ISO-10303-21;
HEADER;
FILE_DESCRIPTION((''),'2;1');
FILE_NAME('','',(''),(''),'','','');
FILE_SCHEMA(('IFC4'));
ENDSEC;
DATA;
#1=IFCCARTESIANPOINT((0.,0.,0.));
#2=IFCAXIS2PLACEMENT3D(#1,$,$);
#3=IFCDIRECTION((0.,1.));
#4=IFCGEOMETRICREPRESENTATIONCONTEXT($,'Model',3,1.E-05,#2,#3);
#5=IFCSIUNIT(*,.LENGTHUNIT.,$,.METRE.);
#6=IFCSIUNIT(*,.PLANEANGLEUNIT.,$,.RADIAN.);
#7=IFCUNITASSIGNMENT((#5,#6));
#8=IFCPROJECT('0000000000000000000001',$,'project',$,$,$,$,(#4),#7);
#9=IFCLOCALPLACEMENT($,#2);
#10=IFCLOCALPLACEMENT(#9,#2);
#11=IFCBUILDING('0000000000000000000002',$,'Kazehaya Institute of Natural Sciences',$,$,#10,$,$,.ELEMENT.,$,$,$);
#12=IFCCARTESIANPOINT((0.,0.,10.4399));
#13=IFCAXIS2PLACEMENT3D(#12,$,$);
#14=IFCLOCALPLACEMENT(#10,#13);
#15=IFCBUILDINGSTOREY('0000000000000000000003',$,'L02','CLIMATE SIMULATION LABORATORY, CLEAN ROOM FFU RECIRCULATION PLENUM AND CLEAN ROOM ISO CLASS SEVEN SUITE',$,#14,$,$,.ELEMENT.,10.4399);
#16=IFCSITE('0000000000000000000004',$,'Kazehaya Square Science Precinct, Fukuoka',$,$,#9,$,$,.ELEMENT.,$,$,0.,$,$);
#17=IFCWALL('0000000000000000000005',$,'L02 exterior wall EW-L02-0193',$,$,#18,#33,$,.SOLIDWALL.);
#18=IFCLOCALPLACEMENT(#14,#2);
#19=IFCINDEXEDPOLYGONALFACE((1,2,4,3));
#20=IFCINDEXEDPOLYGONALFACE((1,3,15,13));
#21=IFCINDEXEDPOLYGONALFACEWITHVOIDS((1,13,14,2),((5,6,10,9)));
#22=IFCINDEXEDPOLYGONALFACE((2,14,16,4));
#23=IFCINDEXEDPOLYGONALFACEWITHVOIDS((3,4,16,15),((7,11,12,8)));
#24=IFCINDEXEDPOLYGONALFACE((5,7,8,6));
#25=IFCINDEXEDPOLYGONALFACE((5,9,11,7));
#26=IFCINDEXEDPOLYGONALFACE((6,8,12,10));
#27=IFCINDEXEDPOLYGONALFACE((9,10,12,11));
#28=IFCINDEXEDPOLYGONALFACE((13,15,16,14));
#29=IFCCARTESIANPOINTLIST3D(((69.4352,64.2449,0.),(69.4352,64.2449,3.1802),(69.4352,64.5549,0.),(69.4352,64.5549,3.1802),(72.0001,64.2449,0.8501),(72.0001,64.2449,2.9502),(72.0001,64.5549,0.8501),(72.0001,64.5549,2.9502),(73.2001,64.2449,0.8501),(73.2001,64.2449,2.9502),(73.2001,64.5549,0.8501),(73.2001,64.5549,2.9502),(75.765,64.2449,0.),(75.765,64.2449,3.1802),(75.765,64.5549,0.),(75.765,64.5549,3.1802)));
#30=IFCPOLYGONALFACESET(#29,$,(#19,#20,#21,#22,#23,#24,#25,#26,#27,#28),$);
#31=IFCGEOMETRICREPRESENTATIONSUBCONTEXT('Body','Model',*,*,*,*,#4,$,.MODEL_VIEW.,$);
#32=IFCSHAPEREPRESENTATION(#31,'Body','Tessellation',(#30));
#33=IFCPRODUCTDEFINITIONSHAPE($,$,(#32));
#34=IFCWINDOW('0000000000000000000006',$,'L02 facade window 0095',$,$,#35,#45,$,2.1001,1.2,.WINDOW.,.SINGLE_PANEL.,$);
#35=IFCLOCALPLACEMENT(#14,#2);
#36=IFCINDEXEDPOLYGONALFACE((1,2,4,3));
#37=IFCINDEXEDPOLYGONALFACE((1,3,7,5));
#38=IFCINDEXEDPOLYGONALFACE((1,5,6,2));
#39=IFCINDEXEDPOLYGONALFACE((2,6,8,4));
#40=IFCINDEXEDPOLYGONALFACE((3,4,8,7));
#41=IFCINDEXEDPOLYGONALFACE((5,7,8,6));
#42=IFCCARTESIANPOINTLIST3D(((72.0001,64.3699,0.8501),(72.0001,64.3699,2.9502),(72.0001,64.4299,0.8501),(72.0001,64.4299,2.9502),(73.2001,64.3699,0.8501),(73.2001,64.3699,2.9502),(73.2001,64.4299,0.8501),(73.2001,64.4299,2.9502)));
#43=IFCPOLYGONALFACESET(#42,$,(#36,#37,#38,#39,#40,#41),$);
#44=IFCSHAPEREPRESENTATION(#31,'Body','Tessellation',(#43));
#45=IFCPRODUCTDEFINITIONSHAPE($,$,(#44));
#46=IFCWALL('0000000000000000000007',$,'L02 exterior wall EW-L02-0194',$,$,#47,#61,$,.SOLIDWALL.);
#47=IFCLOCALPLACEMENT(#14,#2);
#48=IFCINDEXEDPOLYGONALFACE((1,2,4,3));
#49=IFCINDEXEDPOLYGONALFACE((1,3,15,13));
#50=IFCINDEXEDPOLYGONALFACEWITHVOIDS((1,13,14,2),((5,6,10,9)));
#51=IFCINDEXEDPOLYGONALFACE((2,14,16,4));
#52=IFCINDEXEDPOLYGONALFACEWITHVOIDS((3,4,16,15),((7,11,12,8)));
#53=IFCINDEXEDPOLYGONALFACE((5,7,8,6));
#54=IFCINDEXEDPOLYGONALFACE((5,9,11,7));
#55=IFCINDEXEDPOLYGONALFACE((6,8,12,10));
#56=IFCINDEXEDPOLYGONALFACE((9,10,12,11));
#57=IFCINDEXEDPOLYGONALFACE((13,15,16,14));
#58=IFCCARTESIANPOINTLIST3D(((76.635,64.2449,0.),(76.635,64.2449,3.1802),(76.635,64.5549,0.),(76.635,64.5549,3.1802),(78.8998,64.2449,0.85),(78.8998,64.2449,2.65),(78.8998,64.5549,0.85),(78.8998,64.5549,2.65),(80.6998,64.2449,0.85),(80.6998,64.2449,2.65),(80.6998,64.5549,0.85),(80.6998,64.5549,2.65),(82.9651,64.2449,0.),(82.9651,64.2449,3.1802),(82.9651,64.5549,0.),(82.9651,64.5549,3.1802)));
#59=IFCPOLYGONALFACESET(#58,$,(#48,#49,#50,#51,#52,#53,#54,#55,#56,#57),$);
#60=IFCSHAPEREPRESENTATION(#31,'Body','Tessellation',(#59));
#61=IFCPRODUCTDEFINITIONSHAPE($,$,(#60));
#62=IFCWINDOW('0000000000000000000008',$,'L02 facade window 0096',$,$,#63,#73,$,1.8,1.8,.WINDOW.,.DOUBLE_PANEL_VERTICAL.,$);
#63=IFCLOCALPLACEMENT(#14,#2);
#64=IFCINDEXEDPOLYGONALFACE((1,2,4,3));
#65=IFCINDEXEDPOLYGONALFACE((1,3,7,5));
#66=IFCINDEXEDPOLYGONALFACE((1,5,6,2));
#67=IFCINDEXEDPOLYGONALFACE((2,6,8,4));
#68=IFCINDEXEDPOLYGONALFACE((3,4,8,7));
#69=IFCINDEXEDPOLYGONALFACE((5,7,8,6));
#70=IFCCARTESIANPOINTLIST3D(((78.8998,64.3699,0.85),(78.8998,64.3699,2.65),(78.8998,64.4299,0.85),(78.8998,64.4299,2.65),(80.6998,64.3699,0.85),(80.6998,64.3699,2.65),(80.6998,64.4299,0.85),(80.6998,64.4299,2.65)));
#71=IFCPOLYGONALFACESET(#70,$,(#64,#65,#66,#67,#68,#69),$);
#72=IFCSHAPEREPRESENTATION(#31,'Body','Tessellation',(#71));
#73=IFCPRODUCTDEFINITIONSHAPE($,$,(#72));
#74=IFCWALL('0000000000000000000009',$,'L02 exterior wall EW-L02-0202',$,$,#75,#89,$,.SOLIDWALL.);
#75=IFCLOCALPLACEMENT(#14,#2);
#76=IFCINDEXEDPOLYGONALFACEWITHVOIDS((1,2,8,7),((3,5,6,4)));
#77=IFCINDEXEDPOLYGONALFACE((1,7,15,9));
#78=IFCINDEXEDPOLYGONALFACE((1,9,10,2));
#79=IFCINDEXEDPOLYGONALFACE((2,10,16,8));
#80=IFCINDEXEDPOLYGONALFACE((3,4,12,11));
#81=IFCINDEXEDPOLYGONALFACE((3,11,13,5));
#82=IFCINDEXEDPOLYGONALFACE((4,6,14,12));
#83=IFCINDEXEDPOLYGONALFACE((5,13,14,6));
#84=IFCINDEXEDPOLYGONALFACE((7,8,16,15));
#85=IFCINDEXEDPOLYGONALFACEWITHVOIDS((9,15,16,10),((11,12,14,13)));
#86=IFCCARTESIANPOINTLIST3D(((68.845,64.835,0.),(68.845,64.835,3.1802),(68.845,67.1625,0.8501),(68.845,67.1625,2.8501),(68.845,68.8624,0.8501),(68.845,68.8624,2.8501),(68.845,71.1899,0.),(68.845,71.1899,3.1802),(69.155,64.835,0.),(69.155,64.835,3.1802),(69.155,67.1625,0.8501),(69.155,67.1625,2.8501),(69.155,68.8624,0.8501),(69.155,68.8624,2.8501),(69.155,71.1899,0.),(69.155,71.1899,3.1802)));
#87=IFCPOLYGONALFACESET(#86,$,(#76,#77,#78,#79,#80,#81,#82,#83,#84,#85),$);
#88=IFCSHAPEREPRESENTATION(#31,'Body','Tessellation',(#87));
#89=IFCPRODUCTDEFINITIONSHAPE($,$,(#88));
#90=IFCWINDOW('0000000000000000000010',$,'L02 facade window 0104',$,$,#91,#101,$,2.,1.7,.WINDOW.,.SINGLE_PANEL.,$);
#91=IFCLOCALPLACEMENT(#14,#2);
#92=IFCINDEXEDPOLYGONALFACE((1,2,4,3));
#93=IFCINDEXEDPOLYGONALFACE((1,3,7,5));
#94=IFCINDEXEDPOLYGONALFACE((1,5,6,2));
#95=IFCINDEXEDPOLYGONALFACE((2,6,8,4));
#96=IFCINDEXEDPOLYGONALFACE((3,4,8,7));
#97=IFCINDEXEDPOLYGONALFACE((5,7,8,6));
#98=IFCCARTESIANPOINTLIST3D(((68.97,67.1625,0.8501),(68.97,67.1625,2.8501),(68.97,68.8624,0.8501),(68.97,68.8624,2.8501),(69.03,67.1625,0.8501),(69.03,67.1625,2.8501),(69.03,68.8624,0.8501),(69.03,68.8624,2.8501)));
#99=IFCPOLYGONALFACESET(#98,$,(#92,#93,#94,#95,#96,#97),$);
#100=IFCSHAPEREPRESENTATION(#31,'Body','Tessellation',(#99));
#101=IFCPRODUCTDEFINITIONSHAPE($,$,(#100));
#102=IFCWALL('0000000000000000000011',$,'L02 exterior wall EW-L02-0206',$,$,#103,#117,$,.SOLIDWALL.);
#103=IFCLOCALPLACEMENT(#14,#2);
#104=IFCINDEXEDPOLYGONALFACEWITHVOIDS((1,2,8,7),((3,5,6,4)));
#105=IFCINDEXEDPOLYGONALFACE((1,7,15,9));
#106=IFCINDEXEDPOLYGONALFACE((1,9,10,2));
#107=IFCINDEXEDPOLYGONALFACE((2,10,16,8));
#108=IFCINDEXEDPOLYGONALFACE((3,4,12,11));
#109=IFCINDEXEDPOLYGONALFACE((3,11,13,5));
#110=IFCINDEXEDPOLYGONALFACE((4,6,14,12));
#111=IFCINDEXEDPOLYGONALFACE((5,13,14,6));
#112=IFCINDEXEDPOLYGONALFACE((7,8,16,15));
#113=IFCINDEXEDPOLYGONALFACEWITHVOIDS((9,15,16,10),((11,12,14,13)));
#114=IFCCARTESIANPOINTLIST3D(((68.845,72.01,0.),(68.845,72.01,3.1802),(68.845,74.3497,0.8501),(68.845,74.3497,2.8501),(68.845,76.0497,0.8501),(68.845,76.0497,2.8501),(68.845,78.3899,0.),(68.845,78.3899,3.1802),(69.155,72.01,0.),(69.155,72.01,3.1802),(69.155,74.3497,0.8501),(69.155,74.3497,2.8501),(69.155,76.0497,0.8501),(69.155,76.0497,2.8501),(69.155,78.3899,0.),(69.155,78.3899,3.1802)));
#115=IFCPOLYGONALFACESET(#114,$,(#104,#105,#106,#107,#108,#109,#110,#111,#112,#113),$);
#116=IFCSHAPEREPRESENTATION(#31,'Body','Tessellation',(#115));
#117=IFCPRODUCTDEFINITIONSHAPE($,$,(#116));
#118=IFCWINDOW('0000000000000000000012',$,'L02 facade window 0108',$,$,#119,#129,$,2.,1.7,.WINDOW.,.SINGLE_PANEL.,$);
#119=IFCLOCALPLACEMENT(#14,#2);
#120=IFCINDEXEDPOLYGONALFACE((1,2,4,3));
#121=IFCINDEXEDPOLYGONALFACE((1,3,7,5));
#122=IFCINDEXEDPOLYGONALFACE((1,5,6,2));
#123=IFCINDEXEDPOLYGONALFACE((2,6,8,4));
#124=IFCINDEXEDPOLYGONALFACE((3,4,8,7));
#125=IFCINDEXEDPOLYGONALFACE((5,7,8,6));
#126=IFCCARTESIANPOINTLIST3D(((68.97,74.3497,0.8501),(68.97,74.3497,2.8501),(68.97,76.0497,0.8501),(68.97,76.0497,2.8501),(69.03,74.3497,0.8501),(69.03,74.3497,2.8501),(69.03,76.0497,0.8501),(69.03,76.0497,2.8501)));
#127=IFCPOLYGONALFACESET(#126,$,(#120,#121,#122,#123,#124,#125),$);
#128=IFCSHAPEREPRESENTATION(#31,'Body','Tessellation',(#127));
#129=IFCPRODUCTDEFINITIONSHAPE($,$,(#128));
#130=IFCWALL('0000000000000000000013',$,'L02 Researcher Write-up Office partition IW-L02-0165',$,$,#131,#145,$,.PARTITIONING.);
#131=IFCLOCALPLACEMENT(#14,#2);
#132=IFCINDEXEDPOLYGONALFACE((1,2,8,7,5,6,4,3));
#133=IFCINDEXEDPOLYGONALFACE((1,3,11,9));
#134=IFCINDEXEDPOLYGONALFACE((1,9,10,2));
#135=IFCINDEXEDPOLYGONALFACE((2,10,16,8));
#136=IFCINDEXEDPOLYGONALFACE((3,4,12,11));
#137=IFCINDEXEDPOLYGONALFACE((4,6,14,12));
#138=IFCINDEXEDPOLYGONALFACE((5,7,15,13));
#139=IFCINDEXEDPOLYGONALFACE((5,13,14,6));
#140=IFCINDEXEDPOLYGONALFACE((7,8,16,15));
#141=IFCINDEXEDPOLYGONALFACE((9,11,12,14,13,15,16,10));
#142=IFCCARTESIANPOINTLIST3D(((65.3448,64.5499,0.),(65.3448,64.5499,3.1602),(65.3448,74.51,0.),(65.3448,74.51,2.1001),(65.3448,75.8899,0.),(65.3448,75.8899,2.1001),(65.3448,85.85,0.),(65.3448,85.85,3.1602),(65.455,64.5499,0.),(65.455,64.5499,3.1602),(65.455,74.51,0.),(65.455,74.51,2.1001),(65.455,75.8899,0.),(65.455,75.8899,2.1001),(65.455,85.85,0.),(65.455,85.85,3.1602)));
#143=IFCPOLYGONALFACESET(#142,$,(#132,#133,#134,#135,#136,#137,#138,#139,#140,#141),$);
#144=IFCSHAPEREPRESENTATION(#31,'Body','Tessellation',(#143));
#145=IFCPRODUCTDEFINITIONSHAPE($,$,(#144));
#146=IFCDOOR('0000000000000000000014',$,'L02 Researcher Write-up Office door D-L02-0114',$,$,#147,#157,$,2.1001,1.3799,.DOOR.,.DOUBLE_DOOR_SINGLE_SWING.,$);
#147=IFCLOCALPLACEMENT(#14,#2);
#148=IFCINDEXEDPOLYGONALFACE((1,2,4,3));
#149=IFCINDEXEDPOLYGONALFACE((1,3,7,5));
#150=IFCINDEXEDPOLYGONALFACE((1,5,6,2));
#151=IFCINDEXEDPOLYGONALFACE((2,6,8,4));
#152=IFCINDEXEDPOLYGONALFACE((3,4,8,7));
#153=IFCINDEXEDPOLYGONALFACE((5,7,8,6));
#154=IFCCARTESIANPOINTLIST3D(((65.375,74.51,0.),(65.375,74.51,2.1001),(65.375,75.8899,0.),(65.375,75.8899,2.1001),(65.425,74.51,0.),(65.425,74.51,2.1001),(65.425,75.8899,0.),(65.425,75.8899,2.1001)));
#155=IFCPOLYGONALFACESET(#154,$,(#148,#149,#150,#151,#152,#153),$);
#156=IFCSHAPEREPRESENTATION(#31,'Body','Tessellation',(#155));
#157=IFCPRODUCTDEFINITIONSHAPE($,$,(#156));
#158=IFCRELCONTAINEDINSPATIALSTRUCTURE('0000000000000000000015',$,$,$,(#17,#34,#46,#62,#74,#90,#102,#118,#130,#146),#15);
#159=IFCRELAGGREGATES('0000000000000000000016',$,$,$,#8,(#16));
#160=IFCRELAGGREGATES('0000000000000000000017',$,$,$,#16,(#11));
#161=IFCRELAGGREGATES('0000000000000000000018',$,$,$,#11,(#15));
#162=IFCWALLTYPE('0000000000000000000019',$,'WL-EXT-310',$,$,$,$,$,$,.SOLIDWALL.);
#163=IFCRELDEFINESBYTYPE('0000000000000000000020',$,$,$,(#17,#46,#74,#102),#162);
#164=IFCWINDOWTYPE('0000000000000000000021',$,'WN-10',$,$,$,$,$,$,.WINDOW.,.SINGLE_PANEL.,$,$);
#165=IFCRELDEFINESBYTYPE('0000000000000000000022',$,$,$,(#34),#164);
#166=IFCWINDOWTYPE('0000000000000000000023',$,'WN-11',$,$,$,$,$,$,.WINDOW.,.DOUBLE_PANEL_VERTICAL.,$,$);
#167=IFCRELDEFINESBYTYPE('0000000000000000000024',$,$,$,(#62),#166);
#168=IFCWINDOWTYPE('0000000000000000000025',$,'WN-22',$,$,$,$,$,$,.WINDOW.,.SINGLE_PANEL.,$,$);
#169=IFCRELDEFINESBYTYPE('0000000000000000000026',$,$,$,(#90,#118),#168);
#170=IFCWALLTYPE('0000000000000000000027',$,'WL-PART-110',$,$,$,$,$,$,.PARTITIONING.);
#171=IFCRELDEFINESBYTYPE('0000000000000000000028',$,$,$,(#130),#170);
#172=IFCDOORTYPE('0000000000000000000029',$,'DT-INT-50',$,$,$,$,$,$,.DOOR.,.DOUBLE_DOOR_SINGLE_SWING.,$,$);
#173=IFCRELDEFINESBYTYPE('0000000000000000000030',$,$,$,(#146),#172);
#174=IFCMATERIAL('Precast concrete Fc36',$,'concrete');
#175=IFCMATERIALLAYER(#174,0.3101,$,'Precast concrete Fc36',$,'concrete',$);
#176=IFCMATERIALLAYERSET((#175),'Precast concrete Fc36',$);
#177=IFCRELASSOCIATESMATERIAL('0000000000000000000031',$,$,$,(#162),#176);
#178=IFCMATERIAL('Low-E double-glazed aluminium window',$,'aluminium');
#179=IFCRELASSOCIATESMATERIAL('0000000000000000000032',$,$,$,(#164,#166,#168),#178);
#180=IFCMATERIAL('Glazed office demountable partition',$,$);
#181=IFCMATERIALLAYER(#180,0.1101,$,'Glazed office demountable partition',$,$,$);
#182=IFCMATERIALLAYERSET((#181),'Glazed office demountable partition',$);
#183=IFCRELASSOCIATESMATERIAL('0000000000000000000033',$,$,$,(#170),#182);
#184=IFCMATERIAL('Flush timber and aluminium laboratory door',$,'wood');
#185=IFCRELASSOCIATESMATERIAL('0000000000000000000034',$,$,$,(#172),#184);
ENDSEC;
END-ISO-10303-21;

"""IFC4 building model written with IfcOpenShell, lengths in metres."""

from ifc_helpers import new_model, si_unit, direction, frame, frame_2d, origin, place, context, subcontext, project, spatial, rectangle, extrude, material, layer, layer_set, type_object, element, fill, save


model = new_model("IFC4")

# Units and contexts
model_context = context("Model", 3, precision=1e-05, world=origin(), true_north=direction((0.0, 1.0)))
body_context = subcontext(model_context, "Body", "Model", "MODEL_VIEW")
ifc_project = project(units=[si_unit("LENGTHUNIT", "METRE"), si_unit("PLANEANGLEUNIT", "RADIAN")], contexts=[model_context])

# Site, building, storey
site_placement = place(None, origin())
site = spatial("IfcSite", under=ifc_project, at=site_placement, Name="Kazehaya Square Science Precinct, Fukuoka", CompositionType="ELEMENT", RefElevation=0.0)
building_placement = place(site_placement, origin())
building = spatial("IfcBuilding", under=site, at=building_placement, Name="Kazehaya Institute of Natural Sciences", CompositionType="ELEMENT")
storey_placement = place(building_placement, frame((0.0, 0.0, 10.4399)))
storey = spatial("IfcBuildingStorey", under=building, at=storey_placement, Name="L02", Description="CLIMATE SIMULATION LABORATORY, CLEAN ROOM FFU RECIRCULATION PLENUM AND CLEAN ROOM ISO CLASS SEVEN SUITE", CompositionType="ELEMENT", Elevation=10.4399)

# Walls, openings, windows
ifc_material_1 = material(Name="Precast concrete Fc36", Category="concrete")
ifc_layer_1 = layer(ifc_material_1, 0.3101, Name="Precast concrete Fc36", Category="concrete")
ifc_layer_set_1 = layer_set([ifc_layer_1], Name="Precast concrete Fc36")
wall_type_1 = type_object("IfcWallType", Name="WL-EXT-310", PredefinedType="SOLIDWALL", material=ifc_layer_set_1)
wall_1_placement = place(storey_placement, frame((69.4351, 64.3999, 0.0), z_axis=(0.0, 0.0, 1.0), x_axis=(1.0, 0.0, 0.0)))
wall_1 = element("IfcWall", 1, at=wall_1_placement, inside=storey, type_object=wall_type_1, Name="L02 exterior wall EW-L02-0193", PredefinedType="SOLIDWALL", context=body_context, shape_type="SweptSolid", body=[
    extrude(rectangle(XDim=6.3298, YDim=0.3101, at=frame_2d((3.165, 0.0))), origin(), (0.0, 0.0, 1.0), 3.1802),
])
opening_1_placement = place(wall_1_placement, frame((2.5649, 0.0, 0.8501)))
opening_1 = element("IfcOpeningElement", 2, at=opening_1_placement, cuts=wall_1, PredefinedType="OPENING", context=body_context, shape_type="SweptSolid", body=[
    extrude(rectangle(XDim=1.2, YDim=2.1001, at=frame_2d((0.6001, 1.05))), frame((0.0, 0.165, 0.0), z_axis=(0.0, -1.0, 0.0), x_axis=(1.0, 0.0, 0.0)), (0.0, 0.0, 1.0), 0.3301),
])
ifc_material_2 = material(Name="Low-E double-glazed aluminium window", Category="aluminium")
window_type_1 = type_object("IfcWindowType", Name="WN-10", PartitioningType="SINGLE_PANEL", PredefinedType="WINDOW", material=ifc_material_2)
window_1_placement = place(opening_1_placement, origin())
window_1 = element("IfcWindow", 3, at=window_1_placement, inside=storey, type_object=window_type_1, Name="L02 facade window 0095", OverallHeight=2.1001, OverallWidth=1.2, PartitioningType="SINGLE_PANEL", PredefinedType="WINDOW", context=body_context, shape_type="SweptSolid", body=[
    extrude(rectangle(XDim=1.2, YDim=2.1001, at=frame_2d((0.6001, 1.05))), frame((0.0, 0.03, 0.0), z_axis=(0.0, -1.0, 0.0), x_axis=(1.0, 0.0, 0.0)), (0.0, 0.0, 1.0), 0.0601),
])
fill(opening_1, window_1)
wall_2_placement = place(storey_placement, frame((76.635, 64.3999, 0.0), z_axis=(0.0, 0.0, 1.0), x_axis=(1.0, 0.0, 0.0)))
wall_2 = element("IfcWall", 4, at=wall_2_placement, inside=storey, type_object=wall_type_1, Name="L02 exterior wall EW-L02-0194", PredefinedType="SOLIDWALL", context=body_context, shape_type="SweptSolid", body=[
    extrude(rectangle(XDim=6.3301, YDim=0.3101, at=frame_2d((3.165, 0.0))), origin(), (0.0, 0.0, 1.0), 3.1802),
])
opening_2_placement = place(wall_2_placement, frame((2.2649, 0.0, 0.8501)))
opening_2 = element("IfcOpeningElement", 5, at=opening_2_placement, cuts=wall_2, PredefinedType="OPENING", context=body_context, shape_type="SweptSolid", body=[
    extrude(rectangle(XDim=1.8, YDim=1.8, at=frame_2d((0.8999, 0.8999))), frame((0.0, 0.165, 0.0), z_axis=(0.0, -1.0, 0.0), x_axis=(1.0, 0.0, 0.0)), (0.0, 0.0, 1.0), 0.3301),
])
window_type_2 = type_object("IfcWindowType", Name="WN-11", PartitioningType="DOUBLE_PANEL_VERTICAL", PredefinedType="WINDOW", material=ifc_material_2)
window_2_placement = place(opening_2_placement, origin())
window_2 = element("IfcWindow", 6, at=window_2_placement, inside=storey, type_object=window_type_2, Name="L02 facade window 0096", OverallHeight=1.8, OverallWidth=1.8, PartitioningType="DOUBLE_PANEL_VERTICAL", PredefinedType="WINDOW", context=body_context, shape_type="SweptSolid", body=[
    extrude(rectangle(XDim=1.8, YDim=1.8, at=frame_2d((0.8999, 0.8999))), frame((0.0, 0.03, 0.0), z_axis=(0.0, -1.0, 0.0), x_axis=(1.0, 0.0, 0.0)), (0.0, 0.0, 1.0), 0.0601),
])
fill(opening_2, window_2)
wall_3_placement = place(storey_placement, frame((69.0, 71.1899, 0.0), z_axis=(0.0, 0.0, 1.0), x_axis=(0.0, -1.0, 0.0)))
wall_3 = element("IfcWall", 7, at=wall_3_placement, inside=storey, type_object=wall_type_1, Name="L02 exterior wall EW-L02-0202", PredefinedType="SOLIDWALL", context=body_context, shape_type="SweptSolid", body=[
    extrude(rectangle(XDim=6.355, YDim=0.3101, at=frame_2d((3.1775, 0.0))), origin(), (0.0, 0.0, 1.0), 3.1802),
])
opening_3_placement = place(wall_3_placement, frame((2.3274, 0.0, 0.8501)))
opening_3 = element("IfcOpeningElement", 8, at=opening_3_placement, cuts=wall_3, PredefinedType="OPENING", context=body_context, shape_type="SweptSolid", body=[
    extrude(rectangle(XDim=1.7, YDim=2.0, at=frame_2d((0.8501, 1.0))), frame((0.0, 0.165, 0.0), z_axis=(0.0, -1.0, 0.0), x_axis=(1.0, 0.0, 0.0)), (0.0, 0.0, 1.0), 0.3301),
])
window_type_3 = type_object("IfcWindowType", Name="WN-22", PartitioningType="SINGLE_PANEL", PredefinedType="WINDOW", material=ifc_material_2)
window_3_placement = place(opening_3_placement, origin())
window_3 = element("IfcWindow", 9, at=window_3_placement, inside=storey, type_object=window_type_3, Name="L02 facade window 0104", OverallHeight=2.0, OverallWidth=1.7, PartitioningType="SINGLE_PANEL", PredefinedType="WINDOW", context=body_context, shape_type="SweptSolid", body=[
    extrude(rectangle(XDim=1.7, YDim=2.0, at=frame_2d((0.8501, 1.0))), frame((0.0, 0.03, 0.0), z_axis=(0.0, -1.0, 0.0), x_axis=(1.0, 0.0, 0.0)), (0.0, 0.0, 1.0), 0.0601),
])
fill(opening_3, window_3)
wall_4_placement = place(storey_placement, frame((69.0, 78.3899, 0.0), z_axis=(0.0, 0.0, 1.0), x_axis=(0.0, -1.0, 0.0)))
wall_4 = element("IfcWall", 10, at=wall_4_placement, inside=storey, type_object=wall_type_1, Name="L02 exterior wall EW-L02-0206", PredefinedType="SOLIDWALL", context=body_context, shape_type="SweptSolid", body=[
    extrude(rectangle(XDim=6.3799, YDim=0.3101, at=frame_2d((3.1899, 0.0))), origin(), (0.0, 0.0, 1.0), 3.1802),
])
opening_4_placement = place(wall_4_placement, frame((2.3401, 0.0, 0.8501)))
opening_4 = element("IfcOpeningElement", 11, at=opening_4_placement, cuts=wall_4, PredefinedType="OPENING", context=body_context, shape_type="SweptSolid", body=[
    extrude(rectangle(XDim=1.7, YDim=2.0, at=frame_2d((0.8501, 1.0))), frame((0.0, 0.165, 0.0), z_axis=(0.0, -1.0, 0.0), x_axis=(1.0, 0.0, 0.0)), (0.0, 0.0, 1.0), 0.3301),
])
window_4_placement = place(opening_4_placement, origin())
window_4 = element("IfcWindow", 12, at=window_4_placement, inside=storey, type_object=window_type_3, Name="L02 facade window 0108", OverallHeight=2.0, OverallWidth=1.7, PartitioningType="SINGLE_PANEL", PredefinedType="WINDOW", context=body_context, shape_type="SweptSolid", body=[
    extrude(rectangle(XDim=1.7, YDim=2.0, at=frame_2d((0.8501, 1.0))), frame((0.0, 0.03, 0.0), z_axis=(0.0, -1.0, 0.0), x_axis=(1.0, 0.0, 0.0)), (0.0, 0.0, 1.0), 0.0601),
])
fill(opening_4, window_4)

# Wall, opening, door
ifc_material_3 = material(Name="Glazed office demountable partition")
ifc_layer_2 = layer(ifc_material_3, 0.1101, Name="Glazed office demountable partition")
ifc_layer_set_2 = layer_set([ifc_layer_2], Name="Glazed office demountable partition")
wall_type_2 = type_object("IfcWallType", Name="WL-PART-110", PredefinedType="PARTITIONING", material=ifc_layer_set_2)
wall_5_placement = place(storey_placement, frame((65.3999, 64.55, 0.0), z_axis=(0.0, 0.0, 1.0), x_axis=(0.0, 1.0, 0.0)))
wall_5 = element("IfcWall", 13, at=wall_5_placement, inside=storey, type_object=wall_type_2, Name="L02 Researcher Write-up Office partition IW-L02-0165", PredefinedType="PARTITIONING", context=body_context, shape_type="SweptSolid", body=[
    extrude(rectangle(XDim=21.3, YDim=0.1101, at=frame_2d((10.6499, 0.0))), origin(), (0.0, 0.0, 1.0), 3.1602),
])
opening_5_placement = place(wall_5_placement, frame((9.96, 0.0, 0.0)))
opening_5 = element("IfcOpeningElement", 14, at=opening_5_placement, cuts=wall_5, PredefinedType="OPENING", context=body_context, shape_type="SweptSolid", body=[
    extrude(rectangle(XDim=1.3799, YDim=2.1001, at=frame_2d((0.6899, 1.05))), frame((0.0, 0.0649, 0.0), z_axis=(0.0, -1.0, 0.0), x_axis=(1.0, 0.0, 0.0)), (0.0, 0.0, 1.0), 0.1301),
])
ifc_material_4 = material(Name="Flush timber and aluminium laboratory door", Category="wood")
door_type = type_object("IfcDoorType", Name="DT-INT-50", OperationType="DOUBLE_DOOR_SINGLE_SWING", PredefinedType="DOOR", material=ifc_material_4)
door_placement = place(opening_5_placement, origin())
door = element("IfcDoor", 15, at=door_placement, inside=storey, type_object=door_type, Name="L02 Researcher Write-up Office door D-L02-0114", OperationType="DOUBLE_DOOR_SINGLE_SWING", OverallHeight=2.1001, OverallWidth=1.3799, PredefinedType="DOOR", context=body_context, shape_type="SweptSolid", body=[
    extrude(rectangle(XDim=1.3799, YDim=2.1001, at=frame_2d((0.6899, 1.05))), frame((0.0, 0.0249, 0.0), z_axis=(0.0, -1.0, 0.0), x_axis=(1.0, 0.0, 0.0)), (0.0, 0.0, 1.0), 0.05),
])
fill(opening_5, door)

save(model, "model.ifc")
